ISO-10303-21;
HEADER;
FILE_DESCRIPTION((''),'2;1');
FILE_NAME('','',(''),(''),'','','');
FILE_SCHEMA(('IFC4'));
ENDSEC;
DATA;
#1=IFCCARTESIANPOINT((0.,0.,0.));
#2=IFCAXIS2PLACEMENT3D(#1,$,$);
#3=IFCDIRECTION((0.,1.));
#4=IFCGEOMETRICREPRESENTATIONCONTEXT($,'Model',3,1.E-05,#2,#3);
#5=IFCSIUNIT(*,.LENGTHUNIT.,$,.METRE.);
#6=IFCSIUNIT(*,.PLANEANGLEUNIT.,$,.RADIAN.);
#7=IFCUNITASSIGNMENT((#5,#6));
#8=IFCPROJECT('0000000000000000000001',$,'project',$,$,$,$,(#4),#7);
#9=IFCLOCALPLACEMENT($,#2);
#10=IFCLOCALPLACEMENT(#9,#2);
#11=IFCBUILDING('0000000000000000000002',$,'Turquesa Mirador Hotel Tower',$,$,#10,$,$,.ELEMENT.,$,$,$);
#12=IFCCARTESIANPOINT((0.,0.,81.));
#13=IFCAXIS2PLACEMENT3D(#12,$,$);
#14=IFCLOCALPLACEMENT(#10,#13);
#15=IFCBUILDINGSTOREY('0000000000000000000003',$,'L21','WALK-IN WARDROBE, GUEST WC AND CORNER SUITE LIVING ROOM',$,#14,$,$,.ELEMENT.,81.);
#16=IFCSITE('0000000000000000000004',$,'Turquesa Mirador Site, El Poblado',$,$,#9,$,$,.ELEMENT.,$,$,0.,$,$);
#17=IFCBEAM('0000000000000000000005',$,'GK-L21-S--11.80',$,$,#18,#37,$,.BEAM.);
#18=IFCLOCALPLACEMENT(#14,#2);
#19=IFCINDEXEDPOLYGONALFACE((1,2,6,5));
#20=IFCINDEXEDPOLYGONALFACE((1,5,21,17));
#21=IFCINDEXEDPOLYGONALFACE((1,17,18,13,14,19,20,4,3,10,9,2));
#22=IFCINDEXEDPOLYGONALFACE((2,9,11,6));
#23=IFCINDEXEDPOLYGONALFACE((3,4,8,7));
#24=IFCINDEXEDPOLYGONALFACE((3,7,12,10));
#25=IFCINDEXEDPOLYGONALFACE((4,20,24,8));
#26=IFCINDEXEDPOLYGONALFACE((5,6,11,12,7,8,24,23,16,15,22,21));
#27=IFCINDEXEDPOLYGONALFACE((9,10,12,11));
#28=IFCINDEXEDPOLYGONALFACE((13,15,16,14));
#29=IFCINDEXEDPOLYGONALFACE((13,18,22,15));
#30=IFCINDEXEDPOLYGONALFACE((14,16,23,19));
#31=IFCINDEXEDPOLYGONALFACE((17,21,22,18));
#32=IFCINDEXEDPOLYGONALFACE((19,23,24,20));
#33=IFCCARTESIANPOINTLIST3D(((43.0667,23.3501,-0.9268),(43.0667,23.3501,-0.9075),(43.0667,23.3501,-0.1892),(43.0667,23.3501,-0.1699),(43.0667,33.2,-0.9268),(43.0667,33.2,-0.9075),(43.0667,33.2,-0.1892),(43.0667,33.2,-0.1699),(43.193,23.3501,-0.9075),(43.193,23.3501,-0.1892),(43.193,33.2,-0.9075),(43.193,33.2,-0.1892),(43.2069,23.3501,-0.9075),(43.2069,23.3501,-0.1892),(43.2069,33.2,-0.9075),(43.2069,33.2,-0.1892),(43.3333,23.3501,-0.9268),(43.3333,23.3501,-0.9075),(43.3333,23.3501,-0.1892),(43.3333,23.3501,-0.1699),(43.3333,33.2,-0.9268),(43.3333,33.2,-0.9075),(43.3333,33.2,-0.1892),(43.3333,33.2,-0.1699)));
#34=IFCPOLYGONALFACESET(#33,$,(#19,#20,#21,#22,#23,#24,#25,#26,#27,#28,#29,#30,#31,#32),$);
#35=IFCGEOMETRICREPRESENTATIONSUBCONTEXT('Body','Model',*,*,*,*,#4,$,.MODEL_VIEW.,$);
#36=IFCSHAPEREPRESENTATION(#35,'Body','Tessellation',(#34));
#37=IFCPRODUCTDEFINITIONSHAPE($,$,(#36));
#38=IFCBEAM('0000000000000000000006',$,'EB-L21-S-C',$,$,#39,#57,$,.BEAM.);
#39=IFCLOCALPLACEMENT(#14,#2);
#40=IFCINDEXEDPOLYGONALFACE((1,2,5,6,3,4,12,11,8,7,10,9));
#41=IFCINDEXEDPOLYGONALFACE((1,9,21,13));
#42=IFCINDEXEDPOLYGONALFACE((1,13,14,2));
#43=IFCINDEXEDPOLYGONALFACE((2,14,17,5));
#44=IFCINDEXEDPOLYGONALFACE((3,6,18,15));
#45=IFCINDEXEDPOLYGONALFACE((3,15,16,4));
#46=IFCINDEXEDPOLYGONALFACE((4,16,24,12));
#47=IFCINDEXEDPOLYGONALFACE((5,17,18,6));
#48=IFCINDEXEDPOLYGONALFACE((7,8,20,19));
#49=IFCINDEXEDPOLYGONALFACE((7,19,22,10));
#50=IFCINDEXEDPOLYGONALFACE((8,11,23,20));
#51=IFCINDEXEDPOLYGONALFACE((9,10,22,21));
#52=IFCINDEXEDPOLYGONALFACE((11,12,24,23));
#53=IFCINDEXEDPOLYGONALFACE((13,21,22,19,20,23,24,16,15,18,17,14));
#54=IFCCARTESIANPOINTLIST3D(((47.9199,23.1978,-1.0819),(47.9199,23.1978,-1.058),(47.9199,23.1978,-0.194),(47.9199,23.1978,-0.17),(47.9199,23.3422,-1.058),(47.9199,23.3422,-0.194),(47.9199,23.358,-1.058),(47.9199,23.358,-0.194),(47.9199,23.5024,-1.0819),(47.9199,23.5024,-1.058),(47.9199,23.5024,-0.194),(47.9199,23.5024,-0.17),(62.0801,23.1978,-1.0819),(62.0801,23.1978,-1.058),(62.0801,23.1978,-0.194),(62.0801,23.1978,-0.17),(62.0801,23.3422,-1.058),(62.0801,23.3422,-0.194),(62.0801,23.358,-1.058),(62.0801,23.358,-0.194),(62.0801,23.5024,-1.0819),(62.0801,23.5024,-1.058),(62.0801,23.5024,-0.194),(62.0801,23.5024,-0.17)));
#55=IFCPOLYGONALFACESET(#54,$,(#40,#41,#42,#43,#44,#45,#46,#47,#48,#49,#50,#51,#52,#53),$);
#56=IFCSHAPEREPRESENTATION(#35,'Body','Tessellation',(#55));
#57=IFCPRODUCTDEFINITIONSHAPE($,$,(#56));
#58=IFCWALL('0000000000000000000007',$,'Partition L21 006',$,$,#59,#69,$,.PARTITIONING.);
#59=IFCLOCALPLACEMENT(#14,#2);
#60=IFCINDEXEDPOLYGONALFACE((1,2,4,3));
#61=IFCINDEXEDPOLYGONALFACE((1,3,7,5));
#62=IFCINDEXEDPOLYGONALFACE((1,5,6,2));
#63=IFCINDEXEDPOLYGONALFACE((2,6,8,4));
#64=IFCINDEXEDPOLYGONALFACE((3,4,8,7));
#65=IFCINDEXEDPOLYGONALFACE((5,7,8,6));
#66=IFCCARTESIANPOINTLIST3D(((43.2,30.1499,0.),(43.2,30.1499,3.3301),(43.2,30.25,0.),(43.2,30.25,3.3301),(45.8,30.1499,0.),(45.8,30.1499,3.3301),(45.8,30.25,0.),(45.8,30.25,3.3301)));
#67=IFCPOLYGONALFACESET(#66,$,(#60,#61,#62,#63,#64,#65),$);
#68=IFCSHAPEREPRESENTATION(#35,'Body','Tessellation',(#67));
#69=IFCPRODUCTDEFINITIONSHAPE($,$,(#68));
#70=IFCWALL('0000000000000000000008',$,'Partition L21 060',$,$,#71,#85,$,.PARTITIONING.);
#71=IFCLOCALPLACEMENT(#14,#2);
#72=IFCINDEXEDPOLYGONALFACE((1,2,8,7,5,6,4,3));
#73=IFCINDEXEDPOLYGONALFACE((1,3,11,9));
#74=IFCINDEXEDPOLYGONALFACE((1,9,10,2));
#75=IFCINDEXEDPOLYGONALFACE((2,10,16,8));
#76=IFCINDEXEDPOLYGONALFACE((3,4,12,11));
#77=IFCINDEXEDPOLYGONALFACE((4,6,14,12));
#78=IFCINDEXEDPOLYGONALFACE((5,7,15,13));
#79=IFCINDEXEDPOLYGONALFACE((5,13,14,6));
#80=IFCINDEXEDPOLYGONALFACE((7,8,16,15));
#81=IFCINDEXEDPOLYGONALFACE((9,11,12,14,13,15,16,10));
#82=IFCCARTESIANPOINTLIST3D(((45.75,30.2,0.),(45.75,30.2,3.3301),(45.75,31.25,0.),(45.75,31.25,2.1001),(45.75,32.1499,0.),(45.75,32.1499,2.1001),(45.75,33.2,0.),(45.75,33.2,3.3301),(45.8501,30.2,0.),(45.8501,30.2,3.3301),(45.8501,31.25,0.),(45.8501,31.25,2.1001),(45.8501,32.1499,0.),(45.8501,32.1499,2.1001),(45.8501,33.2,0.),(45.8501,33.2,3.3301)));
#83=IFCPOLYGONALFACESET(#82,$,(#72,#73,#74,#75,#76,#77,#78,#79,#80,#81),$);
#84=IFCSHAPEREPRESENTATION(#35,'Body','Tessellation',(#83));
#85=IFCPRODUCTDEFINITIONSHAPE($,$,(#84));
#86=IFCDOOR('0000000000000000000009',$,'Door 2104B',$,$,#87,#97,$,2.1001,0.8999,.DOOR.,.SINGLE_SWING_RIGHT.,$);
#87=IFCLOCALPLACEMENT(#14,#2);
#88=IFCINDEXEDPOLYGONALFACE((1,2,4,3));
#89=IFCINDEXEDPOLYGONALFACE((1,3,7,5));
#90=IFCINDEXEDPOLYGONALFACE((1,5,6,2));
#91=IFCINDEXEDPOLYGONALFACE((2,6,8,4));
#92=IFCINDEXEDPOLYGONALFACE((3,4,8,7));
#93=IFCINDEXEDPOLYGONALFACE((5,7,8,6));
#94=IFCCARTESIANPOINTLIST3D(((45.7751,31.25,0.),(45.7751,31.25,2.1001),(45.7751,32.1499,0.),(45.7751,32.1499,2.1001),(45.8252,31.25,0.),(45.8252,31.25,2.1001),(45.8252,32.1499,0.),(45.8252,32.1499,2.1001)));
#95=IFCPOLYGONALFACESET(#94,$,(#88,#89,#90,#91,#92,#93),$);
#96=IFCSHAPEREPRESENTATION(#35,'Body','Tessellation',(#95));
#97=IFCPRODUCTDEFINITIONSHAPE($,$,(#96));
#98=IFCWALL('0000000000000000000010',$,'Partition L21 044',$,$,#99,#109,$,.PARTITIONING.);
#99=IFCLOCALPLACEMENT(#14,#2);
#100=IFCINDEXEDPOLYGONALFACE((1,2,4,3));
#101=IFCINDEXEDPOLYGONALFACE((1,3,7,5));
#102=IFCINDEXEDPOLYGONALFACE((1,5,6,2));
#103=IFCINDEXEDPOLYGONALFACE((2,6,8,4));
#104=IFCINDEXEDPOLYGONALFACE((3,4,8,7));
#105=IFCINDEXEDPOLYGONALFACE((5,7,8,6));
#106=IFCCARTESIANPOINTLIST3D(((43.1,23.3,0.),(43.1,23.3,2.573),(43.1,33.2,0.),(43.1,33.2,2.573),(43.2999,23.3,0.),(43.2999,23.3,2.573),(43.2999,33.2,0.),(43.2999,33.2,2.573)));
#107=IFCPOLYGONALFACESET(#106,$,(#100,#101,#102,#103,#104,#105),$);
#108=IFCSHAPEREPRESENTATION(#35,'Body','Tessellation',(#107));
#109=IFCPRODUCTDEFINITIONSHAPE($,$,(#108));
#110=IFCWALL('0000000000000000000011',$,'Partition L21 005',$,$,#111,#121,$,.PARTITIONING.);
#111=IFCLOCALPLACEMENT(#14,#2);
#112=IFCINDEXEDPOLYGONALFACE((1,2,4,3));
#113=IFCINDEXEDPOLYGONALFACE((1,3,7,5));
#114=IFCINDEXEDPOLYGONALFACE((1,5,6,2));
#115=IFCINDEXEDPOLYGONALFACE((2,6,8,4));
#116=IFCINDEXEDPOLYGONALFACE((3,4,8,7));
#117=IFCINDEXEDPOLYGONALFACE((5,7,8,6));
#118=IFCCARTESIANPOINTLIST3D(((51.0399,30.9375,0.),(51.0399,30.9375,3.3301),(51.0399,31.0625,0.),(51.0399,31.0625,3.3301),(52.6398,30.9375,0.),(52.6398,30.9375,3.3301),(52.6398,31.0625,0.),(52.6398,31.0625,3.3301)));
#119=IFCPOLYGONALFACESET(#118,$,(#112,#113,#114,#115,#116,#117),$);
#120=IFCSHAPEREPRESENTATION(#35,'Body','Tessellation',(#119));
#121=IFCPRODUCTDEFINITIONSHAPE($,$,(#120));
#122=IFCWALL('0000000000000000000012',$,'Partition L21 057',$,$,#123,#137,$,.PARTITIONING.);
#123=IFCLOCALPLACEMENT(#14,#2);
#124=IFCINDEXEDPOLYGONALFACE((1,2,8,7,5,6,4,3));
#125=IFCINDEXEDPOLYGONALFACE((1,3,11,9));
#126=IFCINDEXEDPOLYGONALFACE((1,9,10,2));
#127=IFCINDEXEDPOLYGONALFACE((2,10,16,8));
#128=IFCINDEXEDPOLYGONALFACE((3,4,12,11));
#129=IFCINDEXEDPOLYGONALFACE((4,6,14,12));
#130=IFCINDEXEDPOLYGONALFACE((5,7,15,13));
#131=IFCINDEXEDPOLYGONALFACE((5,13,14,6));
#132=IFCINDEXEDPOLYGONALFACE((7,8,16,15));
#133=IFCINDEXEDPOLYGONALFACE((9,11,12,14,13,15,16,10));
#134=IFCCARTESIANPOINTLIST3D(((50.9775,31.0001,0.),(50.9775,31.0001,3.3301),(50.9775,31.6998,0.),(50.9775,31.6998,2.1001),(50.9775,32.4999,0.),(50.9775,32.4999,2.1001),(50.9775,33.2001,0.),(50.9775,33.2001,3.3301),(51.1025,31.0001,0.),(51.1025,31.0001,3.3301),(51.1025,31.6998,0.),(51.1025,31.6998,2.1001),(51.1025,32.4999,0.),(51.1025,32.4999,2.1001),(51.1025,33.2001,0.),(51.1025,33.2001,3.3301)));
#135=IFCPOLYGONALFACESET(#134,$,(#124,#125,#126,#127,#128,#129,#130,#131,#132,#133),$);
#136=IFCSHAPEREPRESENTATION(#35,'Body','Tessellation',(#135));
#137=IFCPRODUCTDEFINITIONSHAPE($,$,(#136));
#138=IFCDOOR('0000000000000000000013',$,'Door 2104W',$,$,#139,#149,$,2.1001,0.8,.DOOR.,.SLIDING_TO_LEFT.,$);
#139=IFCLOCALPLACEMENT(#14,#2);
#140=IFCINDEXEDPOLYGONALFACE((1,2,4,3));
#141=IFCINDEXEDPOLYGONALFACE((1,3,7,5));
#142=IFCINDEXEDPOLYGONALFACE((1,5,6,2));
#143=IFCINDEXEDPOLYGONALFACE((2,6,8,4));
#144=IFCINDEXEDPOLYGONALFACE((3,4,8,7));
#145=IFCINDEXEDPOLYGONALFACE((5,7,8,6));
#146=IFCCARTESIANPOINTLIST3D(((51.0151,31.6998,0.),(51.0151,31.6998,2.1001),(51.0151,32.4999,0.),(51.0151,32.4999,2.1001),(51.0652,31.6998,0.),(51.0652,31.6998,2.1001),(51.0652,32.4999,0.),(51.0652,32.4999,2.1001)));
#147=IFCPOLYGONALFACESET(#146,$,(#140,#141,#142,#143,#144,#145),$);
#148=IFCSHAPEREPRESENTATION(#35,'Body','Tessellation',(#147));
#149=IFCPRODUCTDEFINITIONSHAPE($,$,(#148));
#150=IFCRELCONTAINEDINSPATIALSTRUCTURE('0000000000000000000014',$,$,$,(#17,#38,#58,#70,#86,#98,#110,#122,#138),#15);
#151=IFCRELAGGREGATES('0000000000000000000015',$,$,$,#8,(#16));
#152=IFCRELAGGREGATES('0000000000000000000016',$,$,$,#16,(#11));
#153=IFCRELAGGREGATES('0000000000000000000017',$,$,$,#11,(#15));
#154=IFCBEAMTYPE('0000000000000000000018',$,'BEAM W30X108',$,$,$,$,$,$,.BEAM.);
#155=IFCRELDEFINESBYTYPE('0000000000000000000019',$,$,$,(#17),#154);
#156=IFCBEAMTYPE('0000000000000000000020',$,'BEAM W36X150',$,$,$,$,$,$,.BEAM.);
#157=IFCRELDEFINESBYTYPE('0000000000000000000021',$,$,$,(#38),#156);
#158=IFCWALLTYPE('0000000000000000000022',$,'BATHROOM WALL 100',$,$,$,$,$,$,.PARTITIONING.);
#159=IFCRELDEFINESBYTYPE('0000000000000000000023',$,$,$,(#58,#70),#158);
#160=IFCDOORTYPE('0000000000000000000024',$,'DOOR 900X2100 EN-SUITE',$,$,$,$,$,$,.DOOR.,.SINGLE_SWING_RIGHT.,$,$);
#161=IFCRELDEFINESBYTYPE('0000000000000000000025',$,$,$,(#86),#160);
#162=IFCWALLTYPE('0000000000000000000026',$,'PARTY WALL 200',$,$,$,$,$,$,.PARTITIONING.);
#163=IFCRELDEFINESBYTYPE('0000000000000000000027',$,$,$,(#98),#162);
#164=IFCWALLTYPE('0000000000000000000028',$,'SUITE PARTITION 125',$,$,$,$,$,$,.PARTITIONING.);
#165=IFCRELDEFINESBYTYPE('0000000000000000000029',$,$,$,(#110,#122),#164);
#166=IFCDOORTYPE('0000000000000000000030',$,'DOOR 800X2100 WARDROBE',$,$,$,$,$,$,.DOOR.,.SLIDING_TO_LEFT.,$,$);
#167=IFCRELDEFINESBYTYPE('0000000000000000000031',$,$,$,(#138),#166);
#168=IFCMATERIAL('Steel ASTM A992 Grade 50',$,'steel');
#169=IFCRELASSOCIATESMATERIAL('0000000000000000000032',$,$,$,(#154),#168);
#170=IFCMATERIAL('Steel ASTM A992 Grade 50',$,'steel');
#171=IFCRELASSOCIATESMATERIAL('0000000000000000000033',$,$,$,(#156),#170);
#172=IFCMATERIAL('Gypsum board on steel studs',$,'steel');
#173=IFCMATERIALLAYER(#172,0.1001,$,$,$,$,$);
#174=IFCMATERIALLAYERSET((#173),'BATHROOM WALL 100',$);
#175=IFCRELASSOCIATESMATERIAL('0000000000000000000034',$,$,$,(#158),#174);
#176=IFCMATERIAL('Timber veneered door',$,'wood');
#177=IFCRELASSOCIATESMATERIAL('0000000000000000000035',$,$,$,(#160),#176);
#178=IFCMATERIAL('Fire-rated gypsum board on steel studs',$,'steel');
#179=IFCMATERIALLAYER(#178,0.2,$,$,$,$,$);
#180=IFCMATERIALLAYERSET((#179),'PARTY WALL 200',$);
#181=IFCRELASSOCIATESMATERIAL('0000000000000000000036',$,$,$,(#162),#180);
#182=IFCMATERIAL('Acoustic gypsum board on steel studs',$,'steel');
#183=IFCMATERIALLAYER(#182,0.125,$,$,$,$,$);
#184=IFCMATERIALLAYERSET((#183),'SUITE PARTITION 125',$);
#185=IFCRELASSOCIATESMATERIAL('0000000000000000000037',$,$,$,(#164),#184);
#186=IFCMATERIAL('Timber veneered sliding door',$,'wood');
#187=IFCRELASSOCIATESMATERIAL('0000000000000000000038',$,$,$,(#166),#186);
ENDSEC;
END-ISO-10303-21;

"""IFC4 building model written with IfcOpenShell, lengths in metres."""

from ifc_helpers import new_model, si_unit, direction, frame, frame_2d, origin, origin_2d, place, context, subcontext, project, spatial, rectangle, i_section, extrude, material, layer, layer_set, material_profile, profile_set, type_object, element, fill, save


model = new_model("IFC4")

# Units and contexts
model_context = context("Model", 3, precision=1e-05, world=origin(), true_north=direction((0.0, 1.0)))
body_context = subcontext(model_context, "Body", "Model", "MODEL_VIEW")
ifc_project = project(units=[si_unit("LENGTHUNIT", "METRE"), si_unit("PLANEANGLEUNIT", "RADIAN")], contexts=[model_context])

# Site, building, storey
site_placement = place(None, origin())
site = spatial("IfcSite", under=ifc_project, at=site_placement, Name="Turquesa Mirador Site, El Poblado", CompositionType="ELEMENT", RefElevation=0.0)
building_placement = place(site_placement, origin())
building = spatial("IfcBuilding", under=site, at=building_placement, Name="Turquesa Mirador Hotel Tower", CompositionType="ELEMENT")
storey_placement = place(building_placement, frame((0.0, 0.0, 81.0)))
storey = spatial("IfcBuildingStorey", under=building, at=storey_placement, Name="L21", Description="WALK-IN WARDROBE, GUEST WC AND CORNER SUITE LIVING ROOM", CompositionType="ELEMENT", Elevation=81.0)

# Beams
ifc_material_1 = material(Name="Steel ASTM A992 Grade 50", Category="steel")
ifc_material_profile_1 = material_profile(ifc_material_1, i_section(OverallWidth=0.2666, OverallDepth=0.7568, WebThickness=0.0139, FlangeThickness=0.0193, at=origin_2d()), Name="W30X108")
ifc_profile_set_1 = profile_set([ifc_material_profile_1], Name="Steel ASTM A992 Grade 50")
beam_type_1 = type_object("IfcBeamType", Name="BEAM W30X108", PredefinedType="BEAM", material=ifc_profile_set_1)
beam_1_placement = place(storey_placement, frame((43.2, 23.3501, -0.5483), z_axis=(0.0, 1.0, 0.0), x_axis=(-1.0, 0.0, 0.0)))
element("IfcBeam", 1, at=beam_1_placement, inside=storey, type_object=beam_type_1, Name="GK-L21-S--11.80", PredefinedType="BEAM", context=body_context, shape_type="SweptSolid", body=[
    extrude(i_section(OverallWidth=0.2666, OverallDepth=0.7568, WebThickness=0.0139, FlangeThickness=0.0193, at=origin_2d()), origin(), (0.0, 0.0, 1.0), 9.8499),
])
ifc_material_2 = material(Name="Steel ASTM A992 Grade 50", Category="steel")
ifc_material_profile_2 = material_profile(ifc_material_2, i_section(OverallWidth=0.3047, OverallDepth=0.9119, WebThickness=0.0159, FlangeThickness=0.0239, at=origin_2d()), Name="W36X150")
ifc_profile_set_2 = profile_set([ifc_material_profile_2], Name="Steel ASTM A992 Grade 50")
beam_type_2 = type_object("IfcBeamType", Name="BEAM W36X150", PredefinedType="BEAM", material=ifc_profile_set_2)
beam_2_placement = place(storey_placement, frame((47.9199, 23.3501, -0.626), z_axis=(1.0, 0.0, 0.0), x_axis=(0.0, 1.0, 0.0)))
element("IfcBeam", 2, at=beam_2_placement, inside=storey, type_object=beam_type_2, Name="EB-L21-S-C", PredefinedType="BEAM", context=body_context, shape_type="SweptSolid", body=[
    extrude(i_section(OverallWidth=0.3047, OverallDepth=0.9119, WebThickness=0.0159, FlangeThickness=0.0239, at=origin_2d()), origin(), (0.0, 0.0, 1.0), 14.1602),
])

# Wall
ifc_material_3 = material(Name="Gypsum board on steel studs", Category="steel")
ifc_layer_1 = layer(ifc_material_3, 0.1001)
ifc_layer_set_1 = layer_set([ifc_layer_1], Name="BATHROOM WALL 100")
wall_type_1 = type_object("IfcWallType", Name="BATHROOM WALL 100", PredefinedType="PARTITIONING", material=ifc_layer_set_1)
wall_1_placement = place(storey_placement, frame((43.2, 30.2, 0.0), z_axis=(0.0, 0.0, 1.0), x_axis=(1.0, 0.0, 0.0)))
element("IfcWall", 3, at=wall_1_placement, inside=storey, type_object=wall_type_1, Name="Partition L21 006", PredefinedType="PARTITIONING", context=body_context, shape_type="SweptSolid", body=[
    extrude(rectangle(XDim=2.6001, YDim=0.1001, at=frame_2d((1.3, 0.0))), origin(), (0.0, 0.0, 1.0), 3.3301),
])

# Wall, opening, door
wall_2_placement = place(storey_placement, frame((45.8, 30.2, 0.0), z_axis=(0.0, 0.0, 1.0), x_axis=(0.0, 1.0, 0.0)))
wall_2 = element("IfcWall", 4, at=wall_2_placement, inside=storey, type_object=wall_type_1, Name="Partition L21 060", PredefinedType="PARTITIONING", context=body_context, shape_type="SweptSolid", body=[
    extrude(rectangle(XDim=3.0, YDim=0.1001, at=frame_2d((1.5, 0.0))), origin(), (0.0, 0.0, 1.0), 3.3301),
])
opening_1_placement = place(wall_2_placement, frame((1.05, 0.0, 0.0)))
opening_1 = element("IfcOpeningElement", 5, at=opening_1_placement, cuts=wall_2, PredefinedType="OPENING", context=body_context, shape_type="SweptSolid", body=[
    extrude(rectangle(XDim=0.8999, YDim=2.1001, at=frame_2d((0.45, 1.05))), frame((0.0, 0.0601, 0.0), z_axis=(0.0, -1.0, 0.0), x_axis=(1.0, 0.0, 0.0)), (0.0, 0.0, 1.0), 0.1201),
])
ifc_material_4 = material(Name="Timber veneered door", Category="wood")
door_type_1 = type_object("IfcDoorType", Name="DOOR 900X2100 EN-SUITE", OperationType="SINGLE_SWING_RIGHT", PredefinedType="DOOR", material=ifc_material_4)
door_1_placement = place(opening_1_placement, origin())
door_1 = element("IfcDoor", 6, at=door_1_placement, inside=storey, type_object=door_type_1, Name="Door 2104B", OperationType="SINGLE_SWING_RIGHT", OverallHeight=2.1001, OverallWidth=0.8999, PredefinedType="DOOR", context=body_context, shape_type="SweptSolid", body=[
    extrude(rectangle(XDim=0.8999, YDim=2.1001, at=frame_2d((0.45, 1.05))), frame((0.0, 0.0249, 0.0), z_axis=(0.0, -1.0, 0.0), x_axis=(1.0, 0.0, 0.0)), (0.0, 0.0, 1.0), 0.05),
])
fill(opening_1, door_1)

# Walls
ifc_material_5 = material(Name="Fire-rated gypsum board on steel studs", Category="steel")
ifc_layer_2 = layer(ifc_material_5, 0.2)
ifc_layer_set_2 = layer_set([ifc_layer_2], Name="PARTY WALL 200")
wall_type_2 = type_object("IfcWallType", Name="PARTY WALL 200", PredefinedType="PARTITIONING", material=ifc_layer_set_2)
wall_3_placement = place(storey_placement, frame((43.2, 23.3, 0.0), z_axis=(0.0, 0.0, 1.0), x_axis=(0.0, 1.0, 0.0)))
element("IfcWall", 7, at=wall_3_placement, inside=storey, type_object=wall_type_2, Name="Partition L21 044", PredefinedType="PARTITIONING", context=body_context, shape_type="SweptSolid", body=[
    extrude(rectangle(XDim=9.8999, YDim=0.2, at=frame_2d((4.95, 0.0))), origin(), (0.0, 0.0, 1.0), 2.573),
])
ifc_material_6 = material(Name="Acoustic gypsum board on steel studs", Category="steel")
ifc_layer_3 = layer(ifc_material_6, 0.125)
ifc_layer_set_3 = layer_set([ifc_layer_3], Name="SUITE PARTITION 125")
wall_type_3 = type_object("IfcWallType", Name="SUITE PARTITION 125", PredefinedType="PARTITIONING", material=ifc_layer_set_3)
wall_4_placement = place(storey_placement, frame((51.04, 31.0, 0.0), z_axis=(0.0, 0.0, 1.0), x_axis=(1.0, 0.0, 0.0)))
element("IfcWall", 8, at=wall_4_placement, inside=storey, type_object=wall_type_3, Name="Partition L21 005", PredefinedType="PARTITIONING", context=body_context, shape_type="SweptSolid", body=[
    extrude(rectangle(XDim=1.5999, YDim=0.125, at=frame_2d((0.7998, 0.0))), origin(), (0.0, 0.0, 1.0), 3.3301),
])

# Wall, opening, door
wall_5_placement = place(storey_placement, frame((51.04, 31.0, 0.0), z_axis=(0.0, 0.0, 1.0), x_axis=(0.0, 1.0, 0.0)))
wall_5 = element("IfcWall", 9, at=wall_5_placement, inside=storey, type_object=wall_type_3, Name="Partition L21 057", PredefinedType="PARTITIONING", context=body_context, shape_type="SweptSolid", body=[
    extrude(rectangle(XDim=2.2, YDim=0.125, at=frame_2d((1.1001, 0.0))), origin(), (0.0, 0.0, 1.0), 3.3301),
])
opening_2_placement = place(wall_5_placement, frame((0.7, 0.0, 0.0)))
opening_2 = element("IfcOpeningElement", 10, at=opening_2_placement, cuts=wall_5, PredefinedType="OPENING", context=body_context, shape_type="SweptSolid", body=[
    extrude(rectangle(XDim=0.8, YDim=2.1001, at=frame_2d((0.3999, 1.05))), frame((0.0, 0.0725, 0.0), z_axis=(0.0, -1.0, 0.0), x_axis=(1.0, 0.0, 0.0)), (0.0, 0.0, 1.0), 0.145),
])
ifc_material_7 = material(Name="Timber veneered sliding door", Category="wood")
door_type_2 = type_object("IfcDoorType", Name="DOOR 800X2100 WARDROBE", OperationType="SLIDING_TO_LEFT", PredefinedType="DOOR", material=ifc_material_7)
door_2_placement = place(opening_2_placement, origin())
door_2 = element("IfcDoor", 11, at=door_2_placement, inside=storey, type_object=door_type_2, Name="Door 2104W", OperationType="SLIDING_TO_LEFT", OverallHeight=2.1001, OverallWidth=0.8, PredefinedType="DOOR", context=body_context, shape_type="SweptSolid", body=[
    extrude(rectangle(XDim=0.8, YDim=2.1001, at=frame_2d((0.3999, 1.05))), frame((0.0, 0.0249, 0.0), z_axis=(0.0, -1.0, 0.0), x_axis=(1.0, 0.0, 0.0)), (0.0, 0.0, 1.0), 0.05),
])
fill(opening_2, door_2)

save(model, "model.ifc")
